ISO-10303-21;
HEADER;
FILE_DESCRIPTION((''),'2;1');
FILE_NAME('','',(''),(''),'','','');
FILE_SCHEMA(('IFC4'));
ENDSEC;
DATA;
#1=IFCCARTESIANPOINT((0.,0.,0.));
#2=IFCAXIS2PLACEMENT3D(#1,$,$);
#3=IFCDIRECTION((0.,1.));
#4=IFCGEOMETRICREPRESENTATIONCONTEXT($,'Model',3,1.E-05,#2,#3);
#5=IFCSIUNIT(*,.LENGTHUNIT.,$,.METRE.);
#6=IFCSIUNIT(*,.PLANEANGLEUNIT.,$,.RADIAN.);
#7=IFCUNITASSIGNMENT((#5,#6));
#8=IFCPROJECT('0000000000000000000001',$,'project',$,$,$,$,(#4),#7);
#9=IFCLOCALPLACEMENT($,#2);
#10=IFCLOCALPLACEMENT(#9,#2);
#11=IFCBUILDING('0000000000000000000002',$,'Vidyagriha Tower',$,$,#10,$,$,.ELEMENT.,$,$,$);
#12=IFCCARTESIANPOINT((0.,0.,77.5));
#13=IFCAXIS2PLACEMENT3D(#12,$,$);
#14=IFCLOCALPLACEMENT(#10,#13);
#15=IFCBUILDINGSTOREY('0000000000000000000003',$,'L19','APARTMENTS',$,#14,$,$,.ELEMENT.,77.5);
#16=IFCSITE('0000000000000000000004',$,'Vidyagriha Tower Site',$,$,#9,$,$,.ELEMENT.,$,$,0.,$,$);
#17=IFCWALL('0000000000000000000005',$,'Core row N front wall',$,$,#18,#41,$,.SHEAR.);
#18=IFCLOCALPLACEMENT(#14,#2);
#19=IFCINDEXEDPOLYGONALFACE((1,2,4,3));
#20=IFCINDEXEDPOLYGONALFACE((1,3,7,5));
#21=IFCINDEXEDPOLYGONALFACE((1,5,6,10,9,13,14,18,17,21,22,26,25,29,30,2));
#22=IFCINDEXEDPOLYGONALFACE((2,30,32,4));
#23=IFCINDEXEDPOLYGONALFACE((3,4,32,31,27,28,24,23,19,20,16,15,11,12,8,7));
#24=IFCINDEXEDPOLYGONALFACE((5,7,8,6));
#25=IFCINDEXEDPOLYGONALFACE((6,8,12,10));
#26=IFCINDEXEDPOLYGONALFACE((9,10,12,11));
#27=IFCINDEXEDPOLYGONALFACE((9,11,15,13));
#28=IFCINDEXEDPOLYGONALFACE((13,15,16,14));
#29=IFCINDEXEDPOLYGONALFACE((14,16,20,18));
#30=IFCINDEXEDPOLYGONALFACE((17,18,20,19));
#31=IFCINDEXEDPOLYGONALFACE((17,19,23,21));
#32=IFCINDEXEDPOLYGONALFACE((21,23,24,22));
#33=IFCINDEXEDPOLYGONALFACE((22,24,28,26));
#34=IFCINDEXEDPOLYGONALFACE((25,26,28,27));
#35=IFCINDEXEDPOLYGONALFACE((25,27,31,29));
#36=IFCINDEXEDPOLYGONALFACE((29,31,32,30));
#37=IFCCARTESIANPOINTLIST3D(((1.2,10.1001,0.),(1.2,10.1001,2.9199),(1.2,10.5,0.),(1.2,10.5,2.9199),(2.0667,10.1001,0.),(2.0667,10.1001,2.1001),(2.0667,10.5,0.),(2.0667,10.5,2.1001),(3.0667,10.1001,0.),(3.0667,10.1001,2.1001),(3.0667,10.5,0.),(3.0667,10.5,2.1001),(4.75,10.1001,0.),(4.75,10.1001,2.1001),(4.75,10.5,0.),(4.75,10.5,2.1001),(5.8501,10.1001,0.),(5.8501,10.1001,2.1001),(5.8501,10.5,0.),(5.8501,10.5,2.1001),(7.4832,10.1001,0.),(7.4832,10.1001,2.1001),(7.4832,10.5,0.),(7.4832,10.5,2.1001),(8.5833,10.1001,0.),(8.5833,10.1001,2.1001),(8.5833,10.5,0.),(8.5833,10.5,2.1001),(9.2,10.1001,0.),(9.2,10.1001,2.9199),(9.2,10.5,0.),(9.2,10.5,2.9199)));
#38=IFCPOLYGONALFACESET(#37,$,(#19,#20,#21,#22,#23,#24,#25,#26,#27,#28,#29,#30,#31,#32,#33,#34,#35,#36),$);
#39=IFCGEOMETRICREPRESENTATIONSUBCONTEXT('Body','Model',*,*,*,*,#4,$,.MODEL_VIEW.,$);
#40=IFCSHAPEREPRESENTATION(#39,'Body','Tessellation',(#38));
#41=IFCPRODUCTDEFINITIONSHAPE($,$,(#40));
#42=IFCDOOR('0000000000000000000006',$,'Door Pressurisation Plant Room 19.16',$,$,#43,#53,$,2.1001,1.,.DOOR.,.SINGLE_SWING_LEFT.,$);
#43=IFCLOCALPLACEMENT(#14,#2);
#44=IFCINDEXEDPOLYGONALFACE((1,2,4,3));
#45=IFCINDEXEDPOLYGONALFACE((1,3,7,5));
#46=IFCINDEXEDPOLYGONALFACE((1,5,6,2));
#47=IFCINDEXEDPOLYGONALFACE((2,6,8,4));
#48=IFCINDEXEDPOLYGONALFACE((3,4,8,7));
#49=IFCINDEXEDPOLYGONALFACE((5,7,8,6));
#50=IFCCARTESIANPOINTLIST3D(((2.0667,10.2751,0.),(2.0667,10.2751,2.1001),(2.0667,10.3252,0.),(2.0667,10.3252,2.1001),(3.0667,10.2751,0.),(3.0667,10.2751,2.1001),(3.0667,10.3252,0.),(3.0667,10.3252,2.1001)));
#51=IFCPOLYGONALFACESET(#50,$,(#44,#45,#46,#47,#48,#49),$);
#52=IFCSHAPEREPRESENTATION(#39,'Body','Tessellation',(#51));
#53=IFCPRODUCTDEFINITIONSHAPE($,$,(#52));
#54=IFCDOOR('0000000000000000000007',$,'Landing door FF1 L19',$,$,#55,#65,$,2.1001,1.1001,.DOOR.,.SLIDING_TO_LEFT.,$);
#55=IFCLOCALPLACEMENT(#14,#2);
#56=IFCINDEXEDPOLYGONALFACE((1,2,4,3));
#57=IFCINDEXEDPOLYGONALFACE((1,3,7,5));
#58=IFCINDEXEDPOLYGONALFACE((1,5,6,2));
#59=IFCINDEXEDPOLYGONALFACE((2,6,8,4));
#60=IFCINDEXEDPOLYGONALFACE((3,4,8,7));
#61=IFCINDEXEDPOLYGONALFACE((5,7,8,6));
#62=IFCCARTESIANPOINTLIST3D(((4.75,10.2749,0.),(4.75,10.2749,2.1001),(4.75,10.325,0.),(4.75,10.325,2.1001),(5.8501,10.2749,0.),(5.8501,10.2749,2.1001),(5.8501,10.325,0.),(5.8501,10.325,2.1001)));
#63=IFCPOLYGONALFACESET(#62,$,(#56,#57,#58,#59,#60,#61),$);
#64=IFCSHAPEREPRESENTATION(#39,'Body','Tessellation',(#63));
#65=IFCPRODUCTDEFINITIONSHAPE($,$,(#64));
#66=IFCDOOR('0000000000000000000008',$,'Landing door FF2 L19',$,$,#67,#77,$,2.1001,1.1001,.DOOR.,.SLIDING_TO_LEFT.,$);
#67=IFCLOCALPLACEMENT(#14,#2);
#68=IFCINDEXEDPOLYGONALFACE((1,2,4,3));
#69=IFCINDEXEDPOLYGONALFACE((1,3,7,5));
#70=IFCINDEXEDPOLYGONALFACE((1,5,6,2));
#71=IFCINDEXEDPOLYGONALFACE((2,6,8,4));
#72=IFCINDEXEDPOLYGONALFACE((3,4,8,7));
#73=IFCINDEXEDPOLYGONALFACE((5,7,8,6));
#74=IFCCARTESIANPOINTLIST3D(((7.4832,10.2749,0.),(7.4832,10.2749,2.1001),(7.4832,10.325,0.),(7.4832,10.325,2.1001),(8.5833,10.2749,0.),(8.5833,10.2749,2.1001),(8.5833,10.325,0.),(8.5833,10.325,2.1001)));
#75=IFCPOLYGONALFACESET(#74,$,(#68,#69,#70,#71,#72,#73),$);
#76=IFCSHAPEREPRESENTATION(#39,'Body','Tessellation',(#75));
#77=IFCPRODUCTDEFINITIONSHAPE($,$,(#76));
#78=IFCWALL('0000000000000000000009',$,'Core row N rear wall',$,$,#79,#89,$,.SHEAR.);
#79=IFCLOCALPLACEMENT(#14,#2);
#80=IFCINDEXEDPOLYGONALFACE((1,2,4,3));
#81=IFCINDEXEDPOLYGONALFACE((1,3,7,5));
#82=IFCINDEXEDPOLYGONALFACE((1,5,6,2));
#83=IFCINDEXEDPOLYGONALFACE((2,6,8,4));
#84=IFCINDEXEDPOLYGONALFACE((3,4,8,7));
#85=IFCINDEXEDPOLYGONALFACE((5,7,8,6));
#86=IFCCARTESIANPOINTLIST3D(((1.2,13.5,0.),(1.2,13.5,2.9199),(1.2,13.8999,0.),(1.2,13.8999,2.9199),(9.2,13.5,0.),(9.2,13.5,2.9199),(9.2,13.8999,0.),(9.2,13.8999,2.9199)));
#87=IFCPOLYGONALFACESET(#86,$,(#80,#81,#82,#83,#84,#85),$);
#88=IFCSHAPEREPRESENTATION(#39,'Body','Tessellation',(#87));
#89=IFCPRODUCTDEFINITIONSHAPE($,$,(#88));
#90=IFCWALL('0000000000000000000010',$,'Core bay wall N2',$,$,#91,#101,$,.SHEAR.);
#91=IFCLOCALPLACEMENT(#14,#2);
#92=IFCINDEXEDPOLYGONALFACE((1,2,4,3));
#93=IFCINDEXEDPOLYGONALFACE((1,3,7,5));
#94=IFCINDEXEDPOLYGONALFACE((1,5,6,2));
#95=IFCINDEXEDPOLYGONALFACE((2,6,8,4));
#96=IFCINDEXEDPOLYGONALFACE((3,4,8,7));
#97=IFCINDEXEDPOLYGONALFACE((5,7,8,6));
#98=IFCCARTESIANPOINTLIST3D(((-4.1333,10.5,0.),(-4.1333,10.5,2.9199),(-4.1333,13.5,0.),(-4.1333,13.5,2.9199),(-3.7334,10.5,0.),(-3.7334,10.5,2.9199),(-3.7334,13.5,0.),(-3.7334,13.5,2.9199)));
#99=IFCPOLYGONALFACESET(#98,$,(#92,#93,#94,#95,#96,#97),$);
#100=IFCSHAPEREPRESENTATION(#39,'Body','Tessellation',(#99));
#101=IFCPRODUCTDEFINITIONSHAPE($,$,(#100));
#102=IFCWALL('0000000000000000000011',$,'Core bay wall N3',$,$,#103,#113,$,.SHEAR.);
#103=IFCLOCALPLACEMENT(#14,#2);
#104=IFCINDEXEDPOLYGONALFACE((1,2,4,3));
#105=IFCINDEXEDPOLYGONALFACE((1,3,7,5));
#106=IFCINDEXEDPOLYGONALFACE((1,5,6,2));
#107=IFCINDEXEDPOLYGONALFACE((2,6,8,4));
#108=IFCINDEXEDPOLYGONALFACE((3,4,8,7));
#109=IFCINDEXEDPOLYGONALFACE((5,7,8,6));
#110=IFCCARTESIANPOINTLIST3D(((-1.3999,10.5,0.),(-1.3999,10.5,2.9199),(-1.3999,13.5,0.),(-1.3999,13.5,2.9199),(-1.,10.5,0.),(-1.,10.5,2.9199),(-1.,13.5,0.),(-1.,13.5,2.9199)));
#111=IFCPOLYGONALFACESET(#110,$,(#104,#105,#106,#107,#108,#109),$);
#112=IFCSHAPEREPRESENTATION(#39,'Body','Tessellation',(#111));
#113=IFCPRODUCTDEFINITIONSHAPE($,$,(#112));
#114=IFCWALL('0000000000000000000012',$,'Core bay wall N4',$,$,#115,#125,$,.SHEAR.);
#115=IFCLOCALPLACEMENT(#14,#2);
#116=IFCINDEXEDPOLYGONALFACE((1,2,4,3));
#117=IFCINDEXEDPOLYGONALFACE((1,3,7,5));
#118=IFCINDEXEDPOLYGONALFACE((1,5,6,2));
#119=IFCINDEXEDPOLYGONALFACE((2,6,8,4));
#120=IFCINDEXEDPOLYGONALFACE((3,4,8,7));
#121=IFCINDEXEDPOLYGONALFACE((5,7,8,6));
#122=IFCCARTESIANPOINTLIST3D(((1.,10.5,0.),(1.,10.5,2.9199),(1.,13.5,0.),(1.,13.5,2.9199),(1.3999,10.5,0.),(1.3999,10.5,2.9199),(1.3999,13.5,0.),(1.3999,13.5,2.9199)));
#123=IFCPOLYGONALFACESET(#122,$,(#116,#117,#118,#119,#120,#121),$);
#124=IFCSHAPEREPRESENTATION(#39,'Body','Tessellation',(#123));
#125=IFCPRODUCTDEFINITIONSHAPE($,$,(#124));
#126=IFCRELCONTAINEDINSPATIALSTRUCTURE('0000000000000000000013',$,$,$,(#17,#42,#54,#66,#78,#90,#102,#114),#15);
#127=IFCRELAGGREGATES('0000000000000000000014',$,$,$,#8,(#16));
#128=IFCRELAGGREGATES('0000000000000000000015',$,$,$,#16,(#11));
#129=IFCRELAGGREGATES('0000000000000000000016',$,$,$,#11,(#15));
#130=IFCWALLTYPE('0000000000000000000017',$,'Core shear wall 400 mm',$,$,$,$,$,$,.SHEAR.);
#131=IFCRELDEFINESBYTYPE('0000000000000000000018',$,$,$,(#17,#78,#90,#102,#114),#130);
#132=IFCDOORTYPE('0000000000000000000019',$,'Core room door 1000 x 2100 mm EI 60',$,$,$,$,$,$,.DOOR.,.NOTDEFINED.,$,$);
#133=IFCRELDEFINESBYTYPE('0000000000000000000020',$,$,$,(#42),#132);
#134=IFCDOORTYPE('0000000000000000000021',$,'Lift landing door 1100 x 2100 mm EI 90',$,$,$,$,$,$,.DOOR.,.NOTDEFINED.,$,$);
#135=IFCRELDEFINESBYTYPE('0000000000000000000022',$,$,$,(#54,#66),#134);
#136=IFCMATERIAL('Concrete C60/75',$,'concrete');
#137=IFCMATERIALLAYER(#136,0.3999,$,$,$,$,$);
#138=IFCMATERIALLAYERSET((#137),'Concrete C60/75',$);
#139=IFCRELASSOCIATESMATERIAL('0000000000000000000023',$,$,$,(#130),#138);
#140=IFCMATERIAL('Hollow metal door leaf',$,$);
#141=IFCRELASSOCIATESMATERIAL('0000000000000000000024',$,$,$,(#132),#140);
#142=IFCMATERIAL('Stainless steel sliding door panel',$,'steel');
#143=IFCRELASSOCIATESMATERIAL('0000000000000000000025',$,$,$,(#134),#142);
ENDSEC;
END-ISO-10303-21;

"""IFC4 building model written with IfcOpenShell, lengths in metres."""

from ifc_helpers import new_model, si_unit, direction, frame, frame_2d, origin, place, context, subcontext, project, spatial, rectangle, extrude, material, layer, layer_set, type_object, element, fill, save


model = new_model("IFC4")

# Units and contexts
model_context = context("Model", 3, precision=1e-05, world=origin(), true_north=direction((0.0, 1.0)))
body_context = subcontext(model_context, "Body", "Model", "MODEL_VIEW")
ifc_project = project(units=[si_unit("LENGTHUNIT", "METRE"), si_unit("PLANEANGLEUNIT", "RADIAN")], contexts=[model_context])

# Site, building, storey
site_placement = place(None, origin())
site = spatial("IfcSite", under=ifc_project, at=site_placement, Name="Vidyagriha Tower Site", CompositionType="ELEMENT", RefElevation=0.0)
building_placement = place(site_placement, origin())
building = spatial("IfcBuilding", under=site, at=building_placement, Name="Vidyagriha Tower", CompositionType="ELEMENT")
storey_placement = place(building_placement, frame((0.0, 0.0, 77.5)))
storey = spatial("IfcBuildingStorey", under=building, at=storey_placement, Name="L19", Description="APARTMENTS", CompositionType="ELEMENT", Elevation=77.5)

# Shared definitions
ifc_material_1 = material(Name="Concrete C60/75", Category="concrete")
ifc_layer_1 = layer(ifc_material_1, 0.3999)
ifc_layer_set_1 = layer_set([ifc_layer_1], Name="Concrete C60/75")
wall_type_1 = type_object("IfcWallType", Name="Core shear wall 400 mm", PredefinedType="SHEAR", material=ifc_layer_set_1)
ifc_material_2 = material(Name="Hollow metal door leaf")
door_type_1 = type_object("IfcDoorType", Name="Core room door 1000 x 2100 mm EI 60", OperationType="NOTDEFINED", PredefinedType="DOOR", material=ifc_material_2)

# Wall, openings, doors
wall_1_placement = place(storey_placement, frame((1.2, 10.3, 0.0)))
wall_1 = element("IfcWall", 1, at=wall_1_placement, inside=storey, type_object=wall_type_1, Name="Core row N front wall", PredefinedType="SHEAR", context=body_context, shape_type="SweptSolid", body=[
    extrude(rectangle(XDim=8.0, YDim=0.3999, at=frame_2d((4.0, 0.0))), origin(), (0.0, 0.0, 1.0), 2.9199),
])
opening_1_placement = place(wall_1_placement, frame((3.55, 0.0, 0.0)))
opening_1 = element("IfcOpeningElement", 2, at=opening_1_placement, cuts=wall_1, PredefinedType="OPENING", context=body_context, shape_type="SweptSolid", body=[
    extrude(rectangle(XDim=1.1001, YDim=2.1001, at=frame_2d((0.55, 1.05))), frame((0.0, 0.21, 0.0), z_axis=(0.0, -1.0, 0.0), x_axis=(1.0, 0.0, 0.0)), (0.0, 0.0, 1.0), 0.4199),
])
opening_2_placement = place(wall_1_placement, frame((6.2832, 0.0, 0.0)))
opening_2 = element("IfcOpeningElement", 3, at=opening_2_placement, cuts=wall_1, PredefinedType="OPENING", context=body_context, shape_type="SweptSolid", body=[
    extrude(rectangle(XDim=1.1001, YDim=2.1001, at=frame_2d((0.55, 1.05))), frame((0.0, 0.21, 0.0), z_axis=(0.0, -1.0, 0.0), x_axis=(1.0, 0.0, 0.0)), (0.0, 0.0, 1.0), 0.4199),
])
opening_3_placement = place(wall_1_placement, frame((0.8667, 0.0, 0.0)))
opening_3 = element("IfcOpeningElement", 4, at=opening_3_placement, cuts=wall_1, PredefinedType="OPENING", context=body_context, shape_type="SweptSolid", body=[
    extrude(rectangle(XDim=1.0, YDim=2.1001, at=frame_2d((0.5, 1.05))), frame((0.0, 0.21, 0.0), z_axis=(0.0, -1.0, 0.0), x_axis=(1.0, 0.0, 0.0)), (0.0, 0.0, 1.0), 0.4199),
])
door_1_placement = place(opening_3_placement, frame((1.0, 0.0, 0.0), z_axis=(0.0, 0.0, 1.0), x_axis=(-1.0, 0.0, 0.0)))
door_1 = element("IfcDoor", 5, at=door_1_placement, inside=storey, type_object=door_type_1, Name="Door Pressurisation Plant Room 19.16", OperationType="SINGLE_SWING_LEFT", OverallHeight=2.1001, OverallWidth=1.0, PredefinedType="DOOR", context=body_context, shape_type="SweptSolid", body=[
    extrude(rectangle(XDim=1.0, YDim=2.1001, at=frame_2d((0.5, 1.05))), frame((0.0, 0.0249, 0.0), z_axis=(0.0, -1.0, 0.0), x_axis=(1.0, 0.0, 0.0)), (0.0, 0.0, 1.0), 0.05),
])
fill(opening_3, door_1)
ifc_material_3 = material(Name="Stainless steel sliding door panel", Category="steel")
door_type_2 = type_object("IfcDoorType", Name="Lift landing door 1100 x 2100 mm EI 90", OperationType="NOTDEFINED", PredefinedType="DOOR", material=ifc_material_3)
door_2_placement = place(opening_1_placement, origin())
door_2 = element("IfcDoor", 6, at=door_2_placement, inside=storey, type_object=door_type_2, Name="Landing door FF1 L19", OperationType="SLIDING_TO_LEFT", OverallHeight=2.1001, OverallWidth=1.1001, PredefinedType="DOOR", context=body_context, shape_type="SweptSolid", body=[
    extrude(rectangle(XDim=1.1001, YDim=2.1001, at=frame_2d((0.55, 1.05))), frame((0.0, 0.0249, 0.0), z_axis=(0.0, -1.0, 0.0), x_axis=(1.0, 0.0, 0.0)), (0.0, 0.0, 1.0), 0.05),
])
fill(opening_1, door_2)
door_3_placement = place(opening_2_placement, origin())
door_3 = element("IfcDoor", 7, at=door_3_placement, inside=storey, type_object=door_type_2, Name="Landing door FF2 L19", OperationType="SLIDING_TO_LEFT", OverallHeight=2.1001, OverallWidth=1.1001, PredefinedType="DOOR", context=body_context, shape_type="SweptSolid", body=[
    extrude(rectangle(XDim=1.1001, YDim=2.1001, at=frame_2d((0.55, 1.05))), frame((0.0, 0.0249, 0.0), z_axis=(0.0, -1.0, 0.0), x_axis=(1.0, 0.0, 0.0)), (0.0, 0.0, 1.0), 0.05),
])
fill(opening_2, door_3)

# Walls
wall_2_placement = place(storey_placement, frame((1.2, 13.7, 0.0)))
element("IfcWall", 8, at=wall_2_placement, inside=storey, type_object=wall_type_1, Name="Core row N rear wall", PredefinedType="SHEAR", context=body_context, shape_type="SweptSolid", body=[
    extrude(rectangle(XDim=8.0, YDim=0.3999, at=frame_2d((4.0, 0.0))), origin(), (0.0, 0.0, 1.0), 2.9199),
])
for number, where, z_axis, x_axis, name in (
    (9, (-3.9333, 10.5, 0.0), (0.0, 0.0, 1.0), (0.0, 1.0, 0.0), "Core bay wall N2"),
    (10, (-1.2, 10.5, 0.0), (0.0, 0.0, 1.0), (0.0, 1.0, 0.0), "Core bay wall N3"),
    (11, (1.2, 10.5, 0.0), (0.0, 0.0, 1.0), (0.0, 1.0, 0.0), "Core bay wall N4"),
):
    element("IfcWall", number, at=place(storey_placement, frame(where, z_axis=z_axis, x_axis=x_axis)), inside=storey, type_object=wall_type_1, Name=name, PredefinedType="SHEAR", context=body_context, shape_type="SweptSolid", body=[
        extrude(rectangle(XDim=3.0, YDim=0.3999, at=frame_2d((1.5, 0.0))), origin(), (0.0, 0.0, 1.0), 2.9199),
    ])

save(model, "model.ifc")
